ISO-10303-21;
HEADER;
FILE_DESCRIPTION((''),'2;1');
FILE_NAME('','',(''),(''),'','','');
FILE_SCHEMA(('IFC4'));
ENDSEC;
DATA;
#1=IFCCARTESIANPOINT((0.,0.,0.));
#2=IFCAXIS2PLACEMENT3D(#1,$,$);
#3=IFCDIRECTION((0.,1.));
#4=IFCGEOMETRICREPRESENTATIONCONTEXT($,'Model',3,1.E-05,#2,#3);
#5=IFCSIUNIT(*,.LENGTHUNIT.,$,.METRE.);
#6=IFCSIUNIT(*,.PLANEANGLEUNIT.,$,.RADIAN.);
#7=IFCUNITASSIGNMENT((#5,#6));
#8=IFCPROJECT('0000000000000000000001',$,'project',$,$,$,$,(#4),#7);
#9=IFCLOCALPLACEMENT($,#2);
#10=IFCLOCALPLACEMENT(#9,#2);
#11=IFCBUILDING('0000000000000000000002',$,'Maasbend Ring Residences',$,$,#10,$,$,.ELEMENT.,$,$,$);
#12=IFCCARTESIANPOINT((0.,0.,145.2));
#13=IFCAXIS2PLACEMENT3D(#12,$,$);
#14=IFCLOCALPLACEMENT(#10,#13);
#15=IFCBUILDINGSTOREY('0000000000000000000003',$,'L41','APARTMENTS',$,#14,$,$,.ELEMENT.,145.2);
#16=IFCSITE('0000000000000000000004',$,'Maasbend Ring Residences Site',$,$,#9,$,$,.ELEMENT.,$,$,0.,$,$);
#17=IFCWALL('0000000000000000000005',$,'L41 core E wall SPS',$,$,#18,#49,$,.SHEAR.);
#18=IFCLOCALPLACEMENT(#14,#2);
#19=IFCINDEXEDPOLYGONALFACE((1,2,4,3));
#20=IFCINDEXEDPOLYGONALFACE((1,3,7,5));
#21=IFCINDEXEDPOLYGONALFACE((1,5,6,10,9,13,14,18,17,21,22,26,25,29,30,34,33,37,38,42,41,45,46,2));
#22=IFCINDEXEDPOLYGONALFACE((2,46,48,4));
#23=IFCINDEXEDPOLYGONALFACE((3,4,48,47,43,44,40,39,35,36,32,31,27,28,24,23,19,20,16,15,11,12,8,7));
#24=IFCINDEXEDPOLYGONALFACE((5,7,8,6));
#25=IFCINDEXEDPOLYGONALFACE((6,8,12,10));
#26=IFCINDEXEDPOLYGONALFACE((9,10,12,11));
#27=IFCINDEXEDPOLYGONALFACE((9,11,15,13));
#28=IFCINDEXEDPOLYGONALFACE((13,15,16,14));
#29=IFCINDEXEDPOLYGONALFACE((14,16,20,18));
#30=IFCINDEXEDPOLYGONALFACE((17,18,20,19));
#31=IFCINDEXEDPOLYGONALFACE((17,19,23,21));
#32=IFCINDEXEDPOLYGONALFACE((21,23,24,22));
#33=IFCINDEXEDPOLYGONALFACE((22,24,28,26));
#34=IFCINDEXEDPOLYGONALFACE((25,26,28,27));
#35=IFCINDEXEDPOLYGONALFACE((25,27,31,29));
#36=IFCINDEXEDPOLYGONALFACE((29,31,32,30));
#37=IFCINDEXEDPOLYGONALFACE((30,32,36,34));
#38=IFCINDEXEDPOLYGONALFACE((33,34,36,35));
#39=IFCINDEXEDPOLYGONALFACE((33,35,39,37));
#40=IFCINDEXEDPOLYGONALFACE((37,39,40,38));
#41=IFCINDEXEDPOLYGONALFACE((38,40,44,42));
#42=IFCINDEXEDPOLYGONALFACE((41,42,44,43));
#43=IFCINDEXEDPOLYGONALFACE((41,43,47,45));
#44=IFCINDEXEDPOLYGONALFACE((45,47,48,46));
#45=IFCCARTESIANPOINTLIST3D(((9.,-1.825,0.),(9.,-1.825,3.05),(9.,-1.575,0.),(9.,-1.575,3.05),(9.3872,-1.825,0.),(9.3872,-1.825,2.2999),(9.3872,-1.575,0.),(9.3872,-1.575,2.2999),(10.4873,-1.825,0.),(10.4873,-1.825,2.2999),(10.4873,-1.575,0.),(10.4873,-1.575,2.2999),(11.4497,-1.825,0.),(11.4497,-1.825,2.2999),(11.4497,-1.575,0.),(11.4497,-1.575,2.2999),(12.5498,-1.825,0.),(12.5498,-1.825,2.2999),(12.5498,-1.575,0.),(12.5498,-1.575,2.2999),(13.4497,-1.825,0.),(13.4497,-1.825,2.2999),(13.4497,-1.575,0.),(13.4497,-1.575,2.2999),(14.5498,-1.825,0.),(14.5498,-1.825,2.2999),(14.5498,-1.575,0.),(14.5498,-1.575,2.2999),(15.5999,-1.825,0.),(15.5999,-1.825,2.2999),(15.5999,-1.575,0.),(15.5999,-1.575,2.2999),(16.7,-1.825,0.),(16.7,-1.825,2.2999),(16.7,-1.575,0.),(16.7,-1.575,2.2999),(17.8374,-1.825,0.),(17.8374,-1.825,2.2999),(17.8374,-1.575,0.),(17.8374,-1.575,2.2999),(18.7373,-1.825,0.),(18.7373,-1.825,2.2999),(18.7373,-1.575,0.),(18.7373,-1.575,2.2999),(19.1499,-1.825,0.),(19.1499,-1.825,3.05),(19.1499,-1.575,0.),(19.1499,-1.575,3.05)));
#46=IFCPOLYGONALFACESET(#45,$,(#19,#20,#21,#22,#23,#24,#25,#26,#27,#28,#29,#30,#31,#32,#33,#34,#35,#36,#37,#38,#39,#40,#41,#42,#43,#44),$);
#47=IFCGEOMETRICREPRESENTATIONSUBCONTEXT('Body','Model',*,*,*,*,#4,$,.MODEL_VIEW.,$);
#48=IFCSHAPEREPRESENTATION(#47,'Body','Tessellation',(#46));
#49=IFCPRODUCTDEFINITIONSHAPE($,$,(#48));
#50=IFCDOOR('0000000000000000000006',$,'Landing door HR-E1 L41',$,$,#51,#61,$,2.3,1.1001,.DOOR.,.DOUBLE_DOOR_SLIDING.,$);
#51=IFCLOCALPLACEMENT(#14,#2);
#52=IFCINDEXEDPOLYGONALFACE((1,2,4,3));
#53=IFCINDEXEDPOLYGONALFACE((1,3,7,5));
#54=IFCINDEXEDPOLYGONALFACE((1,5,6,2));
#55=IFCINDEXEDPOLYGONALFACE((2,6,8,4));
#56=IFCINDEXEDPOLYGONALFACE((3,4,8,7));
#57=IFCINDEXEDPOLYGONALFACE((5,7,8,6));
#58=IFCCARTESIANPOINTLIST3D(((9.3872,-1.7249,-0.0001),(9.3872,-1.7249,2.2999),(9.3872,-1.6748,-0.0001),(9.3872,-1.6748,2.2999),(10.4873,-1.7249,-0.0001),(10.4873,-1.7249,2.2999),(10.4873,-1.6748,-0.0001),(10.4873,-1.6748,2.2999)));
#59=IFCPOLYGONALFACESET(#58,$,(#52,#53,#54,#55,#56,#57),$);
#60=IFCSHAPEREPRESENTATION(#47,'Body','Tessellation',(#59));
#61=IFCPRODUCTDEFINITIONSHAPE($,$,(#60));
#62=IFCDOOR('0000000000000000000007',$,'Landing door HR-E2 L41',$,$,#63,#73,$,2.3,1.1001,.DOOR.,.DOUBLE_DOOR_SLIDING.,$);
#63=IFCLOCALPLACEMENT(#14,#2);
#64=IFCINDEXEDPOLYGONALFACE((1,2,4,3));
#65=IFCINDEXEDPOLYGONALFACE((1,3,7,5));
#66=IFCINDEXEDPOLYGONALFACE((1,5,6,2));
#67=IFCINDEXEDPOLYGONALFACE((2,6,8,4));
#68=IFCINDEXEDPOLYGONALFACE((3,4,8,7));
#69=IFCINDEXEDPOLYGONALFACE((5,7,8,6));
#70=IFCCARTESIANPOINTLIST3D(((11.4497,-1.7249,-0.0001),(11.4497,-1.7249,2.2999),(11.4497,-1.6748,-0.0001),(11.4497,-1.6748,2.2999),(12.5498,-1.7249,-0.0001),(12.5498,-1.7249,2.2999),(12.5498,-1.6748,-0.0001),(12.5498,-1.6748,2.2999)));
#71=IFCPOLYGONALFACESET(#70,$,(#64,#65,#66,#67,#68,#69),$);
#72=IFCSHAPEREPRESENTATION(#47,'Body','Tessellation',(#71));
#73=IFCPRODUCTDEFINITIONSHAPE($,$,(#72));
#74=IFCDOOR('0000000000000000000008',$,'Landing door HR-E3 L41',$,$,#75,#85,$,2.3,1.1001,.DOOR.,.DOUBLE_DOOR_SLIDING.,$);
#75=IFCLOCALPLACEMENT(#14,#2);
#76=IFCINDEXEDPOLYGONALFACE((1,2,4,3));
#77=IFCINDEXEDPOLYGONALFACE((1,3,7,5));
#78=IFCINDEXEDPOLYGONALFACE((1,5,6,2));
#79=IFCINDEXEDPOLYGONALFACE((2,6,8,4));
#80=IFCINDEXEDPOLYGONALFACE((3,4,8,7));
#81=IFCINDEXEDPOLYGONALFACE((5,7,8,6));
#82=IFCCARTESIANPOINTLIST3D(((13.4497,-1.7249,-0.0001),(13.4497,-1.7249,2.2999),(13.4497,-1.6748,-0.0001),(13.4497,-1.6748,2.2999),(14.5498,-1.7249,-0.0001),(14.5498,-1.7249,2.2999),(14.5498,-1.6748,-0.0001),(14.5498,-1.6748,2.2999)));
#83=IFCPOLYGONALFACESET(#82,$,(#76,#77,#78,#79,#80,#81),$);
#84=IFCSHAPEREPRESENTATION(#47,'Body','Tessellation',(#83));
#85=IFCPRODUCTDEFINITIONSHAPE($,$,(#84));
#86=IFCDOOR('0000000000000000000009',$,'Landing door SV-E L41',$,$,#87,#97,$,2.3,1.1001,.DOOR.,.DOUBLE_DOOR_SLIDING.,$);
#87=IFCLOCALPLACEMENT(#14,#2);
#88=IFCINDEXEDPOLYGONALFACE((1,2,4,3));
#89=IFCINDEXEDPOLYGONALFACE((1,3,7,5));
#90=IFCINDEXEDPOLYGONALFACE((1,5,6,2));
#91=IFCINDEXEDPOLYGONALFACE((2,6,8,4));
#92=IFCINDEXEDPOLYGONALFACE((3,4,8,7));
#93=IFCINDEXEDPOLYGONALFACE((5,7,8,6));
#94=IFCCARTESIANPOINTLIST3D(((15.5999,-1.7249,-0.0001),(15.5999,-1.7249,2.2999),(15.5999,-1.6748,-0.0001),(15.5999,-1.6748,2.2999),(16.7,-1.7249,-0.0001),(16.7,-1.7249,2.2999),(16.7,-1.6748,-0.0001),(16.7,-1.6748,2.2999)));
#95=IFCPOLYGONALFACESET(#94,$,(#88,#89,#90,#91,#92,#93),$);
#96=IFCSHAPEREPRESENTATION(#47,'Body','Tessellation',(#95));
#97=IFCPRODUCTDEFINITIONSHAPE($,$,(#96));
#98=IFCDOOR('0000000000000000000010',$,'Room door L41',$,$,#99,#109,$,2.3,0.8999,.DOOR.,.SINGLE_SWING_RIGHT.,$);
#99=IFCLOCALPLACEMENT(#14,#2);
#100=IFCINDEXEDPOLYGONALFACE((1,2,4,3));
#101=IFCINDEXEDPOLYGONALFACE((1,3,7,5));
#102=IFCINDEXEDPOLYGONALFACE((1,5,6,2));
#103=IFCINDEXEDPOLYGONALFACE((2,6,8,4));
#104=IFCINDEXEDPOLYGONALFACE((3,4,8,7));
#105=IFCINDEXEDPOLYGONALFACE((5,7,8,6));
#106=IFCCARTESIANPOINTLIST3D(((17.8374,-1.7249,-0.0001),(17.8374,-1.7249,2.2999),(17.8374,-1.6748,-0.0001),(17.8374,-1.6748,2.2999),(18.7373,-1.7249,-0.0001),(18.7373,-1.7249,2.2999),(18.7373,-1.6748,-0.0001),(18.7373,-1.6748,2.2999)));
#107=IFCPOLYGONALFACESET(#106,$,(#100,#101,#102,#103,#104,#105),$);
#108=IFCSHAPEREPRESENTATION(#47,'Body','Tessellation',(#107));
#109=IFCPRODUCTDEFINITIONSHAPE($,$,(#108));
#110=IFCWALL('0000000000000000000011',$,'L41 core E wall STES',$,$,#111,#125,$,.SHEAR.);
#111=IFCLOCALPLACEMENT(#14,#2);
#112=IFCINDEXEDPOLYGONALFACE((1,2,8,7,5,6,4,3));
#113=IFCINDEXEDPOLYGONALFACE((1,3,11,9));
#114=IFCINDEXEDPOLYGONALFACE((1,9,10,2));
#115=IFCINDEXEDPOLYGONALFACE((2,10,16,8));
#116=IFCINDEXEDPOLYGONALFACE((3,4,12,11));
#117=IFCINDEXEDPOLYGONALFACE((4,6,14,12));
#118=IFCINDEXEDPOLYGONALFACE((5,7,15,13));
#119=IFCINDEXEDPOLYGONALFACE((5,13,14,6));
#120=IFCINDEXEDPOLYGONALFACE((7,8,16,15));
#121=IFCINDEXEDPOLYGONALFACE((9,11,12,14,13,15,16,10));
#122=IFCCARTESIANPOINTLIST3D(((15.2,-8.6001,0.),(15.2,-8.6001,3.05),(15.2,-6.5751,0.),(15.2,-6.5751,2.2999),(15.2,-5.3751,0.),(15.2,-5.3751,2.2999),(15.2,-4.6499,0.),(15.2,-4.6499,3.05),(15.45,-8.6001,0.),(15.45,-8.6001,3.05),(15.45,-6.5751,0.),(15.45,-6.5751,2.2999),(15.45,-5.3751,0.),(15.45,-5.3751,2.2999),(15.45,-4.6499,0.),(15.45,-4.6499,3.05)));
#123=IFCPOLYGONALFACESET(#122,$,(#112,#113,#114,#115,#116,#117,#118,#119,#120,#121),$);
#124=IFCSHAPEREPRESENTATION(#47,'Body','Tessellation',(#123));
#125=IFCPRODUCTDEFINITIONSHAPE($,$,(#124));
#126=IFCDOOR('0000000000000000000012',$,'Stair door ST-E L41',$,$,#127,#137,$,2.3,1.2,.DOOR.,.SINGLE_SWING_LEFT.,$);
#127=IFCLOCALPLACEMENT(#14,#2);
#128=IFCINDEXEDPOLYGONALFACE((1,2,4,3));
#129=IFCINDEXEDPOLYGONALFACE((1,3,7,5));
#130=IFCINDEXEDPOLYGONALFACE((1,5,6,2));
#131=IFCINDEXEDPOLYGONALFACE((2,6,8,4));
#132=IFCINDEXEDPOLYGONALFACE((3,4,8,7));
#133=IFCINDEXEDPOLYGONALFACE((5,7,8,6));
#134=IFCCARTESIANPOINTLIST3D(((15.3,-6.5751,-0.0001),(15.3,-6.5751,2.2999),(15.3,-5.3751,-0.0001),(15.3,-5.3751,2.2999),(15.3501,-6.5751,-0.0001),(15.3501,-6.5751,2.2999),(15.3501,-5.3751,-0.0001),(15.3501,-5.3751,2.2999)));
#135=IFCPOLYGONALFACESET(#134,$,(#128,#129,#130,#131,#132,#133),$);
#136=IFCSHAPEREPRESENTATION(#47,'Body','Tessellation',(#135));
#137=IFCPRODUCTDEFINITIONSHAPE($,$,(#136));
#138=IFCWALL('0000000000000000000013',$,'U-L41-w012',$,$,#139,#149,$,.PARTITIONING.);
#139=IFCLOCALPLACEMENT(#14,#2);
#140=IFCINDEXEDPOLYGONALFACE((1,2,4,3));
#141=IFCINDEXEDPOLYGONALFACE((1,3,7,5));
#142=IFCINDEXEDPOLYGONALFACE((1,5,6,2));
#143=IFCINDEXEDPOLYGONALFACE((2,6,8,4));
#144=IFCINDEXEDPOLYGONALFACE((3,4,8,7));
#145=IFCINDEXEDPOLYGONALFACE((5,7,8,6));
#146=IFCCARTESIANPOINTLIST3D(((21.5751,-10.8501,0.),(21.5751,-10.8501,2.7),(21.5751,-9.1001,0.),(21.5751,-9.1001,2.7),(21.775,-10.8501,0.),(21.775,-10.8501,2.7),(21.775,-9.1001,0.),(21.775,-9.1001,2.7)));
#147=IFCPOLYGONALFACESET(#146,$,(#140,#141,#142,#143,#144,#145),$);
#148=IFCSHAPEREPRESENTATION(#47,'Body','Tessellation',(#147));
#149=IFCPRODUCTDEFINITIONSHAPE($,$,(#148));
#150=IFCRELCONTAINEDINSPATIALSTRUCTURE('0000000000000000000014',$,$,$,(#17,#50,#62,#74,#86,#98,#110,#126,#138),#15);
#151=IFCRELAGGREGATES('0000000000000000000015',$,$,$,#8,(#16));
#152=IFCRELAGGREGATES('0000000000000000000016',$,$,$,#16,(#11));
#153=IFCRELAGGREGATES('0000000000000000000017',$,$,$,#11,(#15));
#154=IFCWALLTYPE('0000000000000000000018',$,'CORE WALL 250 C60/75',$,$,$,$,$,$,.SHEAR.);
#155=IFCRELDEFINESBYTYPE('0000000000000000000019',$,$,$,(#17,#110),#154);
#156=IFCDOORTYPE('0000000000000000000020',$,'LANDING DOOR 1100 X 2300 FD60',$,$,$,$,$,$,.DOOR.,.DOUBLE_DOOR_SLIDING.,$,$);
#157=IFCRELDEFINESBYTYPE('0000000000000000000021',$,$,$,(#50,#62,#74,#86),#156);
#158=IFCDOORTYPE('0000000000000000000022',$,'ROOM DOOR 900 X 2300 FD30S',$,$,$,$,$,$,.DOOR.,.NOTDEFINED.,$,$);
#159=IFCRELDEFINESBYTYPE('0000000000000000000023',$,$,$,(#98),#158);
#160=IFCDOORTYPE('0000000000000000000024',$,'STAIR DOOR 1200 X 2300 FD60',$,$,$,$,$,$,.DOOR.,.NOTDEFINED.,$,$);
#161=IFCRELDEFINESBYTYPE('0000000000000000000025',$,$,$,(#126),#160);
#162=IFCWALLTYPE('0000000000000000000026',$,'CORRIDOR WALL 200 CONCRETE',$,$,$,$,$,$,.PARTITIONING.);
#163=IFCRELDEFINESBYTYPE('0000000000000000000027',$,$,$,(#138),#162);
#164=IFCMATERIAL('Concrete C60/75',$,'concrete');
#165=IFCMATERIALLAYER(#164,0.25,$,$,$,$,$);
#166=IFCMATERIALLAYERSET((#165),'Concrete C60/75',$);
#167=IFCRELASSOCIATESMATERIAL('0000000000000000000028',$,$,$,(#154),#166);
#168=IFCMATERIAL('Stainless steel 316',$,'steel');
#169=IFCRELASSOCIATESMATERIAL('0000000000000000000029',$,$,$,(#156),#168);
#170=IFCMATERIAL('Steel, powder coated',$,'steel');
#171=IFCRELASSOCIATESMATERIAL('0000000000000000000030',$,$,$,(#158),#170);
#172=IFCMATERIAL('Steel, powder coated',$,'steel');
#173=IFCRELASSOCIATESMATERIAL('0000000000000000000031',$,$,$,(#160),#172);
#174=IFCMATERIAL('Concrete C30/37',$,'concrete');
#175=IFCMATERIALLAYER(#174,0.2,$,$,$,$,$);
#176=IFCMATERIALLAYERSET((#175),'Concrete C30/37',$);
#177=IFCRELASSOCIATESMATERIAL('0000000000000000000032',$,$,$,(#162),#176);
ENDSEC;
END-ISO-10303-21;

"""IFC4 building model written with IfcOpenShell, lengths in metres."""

from ifc_helpers import new_model, si_unit, direction, frame, frame_2d, origin, place, context, subcontext, project, spatial, rectangle, extrude, material, layer, layer_set, type_object, element, fill, save


model = new_model("IFC4")

# Units and contexts
model_context = context("Model", 3, precision=1e-05, world=origin(), true_north=direction((0.0, 1.0)))
body_context = subcontext(model_context, "Body", "Model", "MODEL_VIEW")
ifc_project = project(units=[si_unit("LENGTHUNIT", "METRE"), si_unit("PLANEANGLEUNIT", "RADIAN")], contexts=[model_context])

# Site, building, storey
site_placement = place(None, origin())
site = spatial("IfcSite", under=ifc_project, at=site_placement, Name="Maasbend Ring Residences Site", CompositionType="ELEMENT", RefElevation=0.0)
building_placement = place(site_placement, origin())
building = spatial("IfcBuilding", under=site, at=building_placement, Name="Maasbend Ring Residences", CompositionType="ELEMENT")
storey_placement = place(building_placement, frame((0.0, 0.0, 145.2)))
storey = spatial("IfcBuildingStorey", under=building, at=storey_placement, Name="L41", Description="APARTMENTS", CompositionType="ELEMENT", Elevation=145.2)

# Wall, openings, doors
ifc_material_1 = material(Name="Concrete C60/75", Category="concrete")
ifc_layer_1 = layer(ifc_material_1, 0.25)
ifc_layer_set_1 = layer_set([ifc_layer_1], Name="Concrete C60/75")
wall_type_1 = type_object("IfcWallType", Name="CORE WALL 250 C60/75", PredefinedType="SHEAR", material=ifc_layer_set_1)
wall_1_placement = place(storey_placement, frame((19.1499, -1.7, 0.0), z_axis=(0.0, 0.0, 1.0), x_axis=(-1.0, 0.0, 0.0)))
wall_1 = element("IfcWall", 1, at=wall_1_placement, inside=storey, type_object=wall_type_1, Name="L41 core E wall SPS", PredefinedType="SHEAR", context=body_context, shape_type="SweptSolid", body=[
    extrude(rectangle(XDim=10.1499, YDim=0.25, at=frame_2d((5.075, 0.0))), origin(), (0.0, 0.0, 1.0), 3.05),
])
opening_1_placement = place(wall_1_placement, frame((8.6626, 0.0, 0.0)))
opening_1 = element("IfcOpeningElement", 2, at=opening_1_placement, cuts=wall_1, PredefinedType="OPENING", context=body_context, shape_type="SweptSolid", body=[
    extrude(rectangle(XDim=1.1001, YDim=2.3, at=frame_2d((0.55, 1.1499))), frame((0.0, 0.135, 0.0), z_axis=(0.0, -1.0, 0.0), x_axis=(1.0, 0.0, 0.0)), (0.0, 0.0, 1.0), 0.27),
])
opening_2_placement = place(wall_1_placement, frame((6.6001, 0.0, 0.0)))
opening_2 = element("IfcOpeningElement", 3, at=opening_2_placement, cuts=wall_1, PredefinedType="OPENING", context=body_context, shape_type="SweptSolid", body=[
    extrude(rectangle(XDim=1.1001, YDim=2.3, at=frame_2d((0.55, 1.1499))), frame((0.0, 0.135, 0.0), z_axis=(0.0, -1.0, 0.0), x_axis=(1.0, 0.0, 0.0)), (0.0, 0.0, 1.0), 0.27),
])
opening_3_placement = place(wall_1_placement, frame((4.6001, 0.0, 0.0)))
opening_3 = element("IfcOpeningElement", 4, at=opening_3_placement, cuts=wall_1, PredefinedType="OPENING", context=body_context, shape_type="SweptSolid", body=[
    extrude(rectangle(XDim=1.1001, YDim=2.3, at=frame_2d((0.55, 1.1499))), frame((0.0, 0.135, 0.0), z_axis=(0.0, -1.0, 0.0), x_axis=(1.0, 0.0, 0.0)), (0.0, 0.0, 1.0), 0.27),
])
opening_4_placement = place(wall_1_placement, frame((2.45, 0.0, 0.0)))
opening_4 = element("IfcOpeningElement", 5, at=opening_4_placement, cuts=wall_1, PredefinedType="OPENING", context=body_context, shape_type="SweptSolid", body=[
    extrude(rectangle(XDim=1.1001, YDim=2.3, at=frame_2d((0.55, 1.1499))), frame((0.0, 0.135, 0.0), z_axis=(0.0, -1.0, 0.0), x_axis=(1.0, 0.0, 0.0)), (0.0, 0.0, 1.0), 0.27),
])
opening_5_placement = place(wall_1_placement, frame((0.4126, 0.0, 0.0)))
opening_5 = element("IfcOpeningElement", 6, at=opening_5_placement, cuts=wall_1, PredefinedType="OPENING", context=body_context, shape_type="SweptSolid", body=[
    extrude(rectangle(XDim=0.8999, YDim=2.3, at=frame_2d((0.45, 1.1499))), frame((0.0, 0.135, 0.0), z_axis=(0.0, -1.0, 0.0), x_axis=(1.0, 0.0, 0.0)), (0.0, 0.0, 1.0), 0.27),
])
ifc_material_2 = material(Name="Stainless steel 316", Category="steel")
door_type_1 = type_object("IfcDoorType", Name="LANDING DOOR 1100 X 2300 FD60", OperationType="DOUBLE_DOOR_SLIDING", PredefinedType="DOOR", material=ifc_material_2)
door_1_placement = place(opening_1_placement, origin())
door_1 = element("IfcDoor", 7, at=door_1_placement, inside=storey, type_object=door_type_1, Name="Landing door HR-E1 L41", OperationType="DOUBLE_DOOR_SLIDING", OverallHeight=2.3, OverallWidth=1.1001, PredefinedType="DOOR", context=body_context, shape_type="SweptSolid", body=[
    extrude(rectangle(XDim=1.1001, YDim=2.3, at=frame_2d((0.55, 1.1499))), frame((0.0, 0.0249, 0.0), z_axis=(0.0, -1.0, 0.0), x_axis=(1.0, 0.0, 0.0)), (0.0, 0.0, 1.0), 0.05),
])
fill(opening_1, door_1)
door_2_placement = place(opening_2_placement, origin())
door_2 = element("IfcDoor", 8, at=door_2_placement, inside=storey, type_object=door_type_1, Name="Landing door HR-E2 L41", OperationType="DOUBLE_DOOR_SLIDING", OverallHeight=2.3, OverallWidth=1.1001, PredefinedType="DOOR", context=body_context, shape_type="SweptSolid", body=[
    extrude(rectangle(XDim=1.1001, YDim=2.3, at=frame_2d((0.55, 1.1499))), frame((0.0, 0.0249, 0.0), z_axis=(0.0, -1.0, 0.0), x_axis=(1.0, 0.0, 0.0)), (0.0, 0.0, 1.0), 0.05),
])
fill(opening_2, door_2)
door_3_placement = place(opening_3_placement, origin())
door_3 = element("IfcDoor", 9, at=door_3_placement, inside=storey, type_object=door_type_1, Name="Landing door HR-E3 L41", OperationType="DOUBLE_DOOR_SLIDING", OverallHeight=2.3, OverallWidth=1.1001, PredefinedType="DOOR", context=body_context, shape_type="SweptSolid", body=[
    extrude(rectangle(XDim=1.1001, YDim=2.3, at=frame_2d((0.55, 1.1499))), frame((0.0, 0.0249, 0.0), z_axis=(0.0, -1.0, 0.0), x_axis=(1.0, 0.0, 0.0)), (0.0, 0.0, 1.0), 0.05),
])
fill(opening_3, door_3)
door_4_placement = place(opening_4_placement, origin())
door_4 = element("IfcDoor", 10, at=door_4_placement, inside=storey, type_object=door_type_1, Name="Landing door SV-E L41", OperationType="DOUBLE_DOOR_SLIDING", OverallHeight=2.3, OverallWidth=1.1001, PredefinedType="DOOR", context=body_context, shape_type="SweptSolid", body=[
    extrude(rectangle(XDim=1.1001, YDim=2.3, at=frame_2d((0.55, 1.1499))), frame((0.0, 0.0249, 0.0), z_axis=(0.0, -1.0, 0.0), x_axis=(1.0, 0.0, 0.0)), (0.0, 0.0, 1.0), 0.05),
])
fill(opening_4, door_4)
ifc_material_3 = material(Name="Steel, powder coated", Category="steel")
door_type_2 = type_object("IfcDoorType", Name="ROOM DOOR 900 X 2300 FD30S", OperationType="NOTDEFINED", PredefinedType="DOOR", material=ifc_material_3)
door_5_placement = place(opening_5_placement, origin())
door_5 = element("IfcDoor", 11, at=door_5_placement, inside=storey, type_object=door_type_2, Name="Room door L41", OperationType="SINGLE_SWING_RIGHT", OverallHeight=2.3, OverallWidth=0.8999, PredefinedType="DOOR", context=body_context, shape_type="SweptSolid", body=[
    extrude(rectangle(XDim=0.8999, YDim=2.3, at=frame_2d((0.45, 1.1499))), frame((0.0, 0.0249, 0.0), z_axis=(0.0, -1.0, 0.0), x_axis=(1.0, 0.0, 0.0)), (0.0, 0.0, 1.0), 0.05),
])
fill(opening_5, door_5)

# Wall, opening, door
wall_2_placement = place(storey_placement, frame((15.325, -8.6001, 0.0), z_axis=(0.0, 0.0, 1.0), x_axis=(0.0, 1.0, 0.0)))
wall_2 = element("IfcWall", 12, at=wall_2_placement, inside=storey, type_object=wall_type_1, Name="L41 core E wall STES", PredefinedType="SHEAR", context=body_context, shape_type="SweptSolid", body=[
    extrude(rectangle(XDim=3.9502, YDim=0.25, at=frame_2d((1.9751, 0.0))), origin(), (0.0, 0.0, 1.0), 3.05),
])
opening_6_placement = place(wall_2_placement, frame((2.0249, 0.0, 0.0)))
opening_6 = element("IfcOpeningElement", 13, at=opening_6_placement, cuts=wall_2, PredefinedType="OPENING", context=body_context, shape_type="SweptSolid", body=[
    extrude(rectangle(XDim=1.2, YDim=2.3, at=frame_2d((0.6001, 1.1499))), frame((0.0, 0.135, 0.0), z_axis=(0.0, -1.0, 0.0), x_axis=(1.0, 0.0, 0.0)), (0.0, 0.0, 1.0), 0.27),
])
ifc_material_4 = material(Name="Steel, powder coated", Category="steel")
door_type_3 = type_object("IfcDoorType", Name="STAIR DOOR 1200 X 2300 FD60", OperationType="NOTDEFINED", PredefinedType="DOOR", material=ifc_material_4)
door_6_placement = place(opening_6_placement, origin())
door_6 = element("IfcDoor", 14, at=door_6_placement, inside=storey, type_object=door_type_3, Name="Stair door ST-E L41", OperationType="SINGLE_SWING_LEFT", OverallHeight=2.3, OverallWidth=1.2, PredefinedType="DOOR", context=body_context, shape_type="SweptSolid", body=[
    extrude(rectangle(XDim=1.2, YDim=2.3, at=frame_2d((0.6001, 1.1499))), frame((0.0, 0.0249, 0.0), z_axis=(0.0, -1.0, 0.0), x_axis=(1.0, 0.0, 0.0)), (0.0, 0.0, 1.0), 0.05),
])
fill(opening_6, door_6)

# Wall
ifc_material_5 = material(Name="Concrete C30/37", Category="concrete")
ifc_layer_2 = layer(ifc_material_5, 0.2)
ifc_layer_set_2 = layer_set([ifc_layer_2], Name="Concrete C30/37")
wall_type_2 = type_object("IfcWallType", Name="CORRIDOR WALL 200 CONCRETE", PredefinedType="PARTITIONING", material=ifc_layer_set_2)
wall_3_placement = place(storey_placement, frame((21.675, -10.8501, 0.0), z_axis=(0.0, 0.0, 1.0), x_axis=(0.0, 1.0, 0.0)))
element("IfcWall", 15, at=wall_3_placement, inside=storey, type_object=wall_type_2, Name="U-L41-w012", PredefinedType="PARTITIONING", context=body_context, shape_type="SweptSolid", body=[
    extrude(rectangle(XDim=1.75, YDim=0.2, at=frame_2d((0.875, 0.0))), origin(), (0.0, 0.0, 1.0), 2.7),
])

save(model, "model.ifc")
